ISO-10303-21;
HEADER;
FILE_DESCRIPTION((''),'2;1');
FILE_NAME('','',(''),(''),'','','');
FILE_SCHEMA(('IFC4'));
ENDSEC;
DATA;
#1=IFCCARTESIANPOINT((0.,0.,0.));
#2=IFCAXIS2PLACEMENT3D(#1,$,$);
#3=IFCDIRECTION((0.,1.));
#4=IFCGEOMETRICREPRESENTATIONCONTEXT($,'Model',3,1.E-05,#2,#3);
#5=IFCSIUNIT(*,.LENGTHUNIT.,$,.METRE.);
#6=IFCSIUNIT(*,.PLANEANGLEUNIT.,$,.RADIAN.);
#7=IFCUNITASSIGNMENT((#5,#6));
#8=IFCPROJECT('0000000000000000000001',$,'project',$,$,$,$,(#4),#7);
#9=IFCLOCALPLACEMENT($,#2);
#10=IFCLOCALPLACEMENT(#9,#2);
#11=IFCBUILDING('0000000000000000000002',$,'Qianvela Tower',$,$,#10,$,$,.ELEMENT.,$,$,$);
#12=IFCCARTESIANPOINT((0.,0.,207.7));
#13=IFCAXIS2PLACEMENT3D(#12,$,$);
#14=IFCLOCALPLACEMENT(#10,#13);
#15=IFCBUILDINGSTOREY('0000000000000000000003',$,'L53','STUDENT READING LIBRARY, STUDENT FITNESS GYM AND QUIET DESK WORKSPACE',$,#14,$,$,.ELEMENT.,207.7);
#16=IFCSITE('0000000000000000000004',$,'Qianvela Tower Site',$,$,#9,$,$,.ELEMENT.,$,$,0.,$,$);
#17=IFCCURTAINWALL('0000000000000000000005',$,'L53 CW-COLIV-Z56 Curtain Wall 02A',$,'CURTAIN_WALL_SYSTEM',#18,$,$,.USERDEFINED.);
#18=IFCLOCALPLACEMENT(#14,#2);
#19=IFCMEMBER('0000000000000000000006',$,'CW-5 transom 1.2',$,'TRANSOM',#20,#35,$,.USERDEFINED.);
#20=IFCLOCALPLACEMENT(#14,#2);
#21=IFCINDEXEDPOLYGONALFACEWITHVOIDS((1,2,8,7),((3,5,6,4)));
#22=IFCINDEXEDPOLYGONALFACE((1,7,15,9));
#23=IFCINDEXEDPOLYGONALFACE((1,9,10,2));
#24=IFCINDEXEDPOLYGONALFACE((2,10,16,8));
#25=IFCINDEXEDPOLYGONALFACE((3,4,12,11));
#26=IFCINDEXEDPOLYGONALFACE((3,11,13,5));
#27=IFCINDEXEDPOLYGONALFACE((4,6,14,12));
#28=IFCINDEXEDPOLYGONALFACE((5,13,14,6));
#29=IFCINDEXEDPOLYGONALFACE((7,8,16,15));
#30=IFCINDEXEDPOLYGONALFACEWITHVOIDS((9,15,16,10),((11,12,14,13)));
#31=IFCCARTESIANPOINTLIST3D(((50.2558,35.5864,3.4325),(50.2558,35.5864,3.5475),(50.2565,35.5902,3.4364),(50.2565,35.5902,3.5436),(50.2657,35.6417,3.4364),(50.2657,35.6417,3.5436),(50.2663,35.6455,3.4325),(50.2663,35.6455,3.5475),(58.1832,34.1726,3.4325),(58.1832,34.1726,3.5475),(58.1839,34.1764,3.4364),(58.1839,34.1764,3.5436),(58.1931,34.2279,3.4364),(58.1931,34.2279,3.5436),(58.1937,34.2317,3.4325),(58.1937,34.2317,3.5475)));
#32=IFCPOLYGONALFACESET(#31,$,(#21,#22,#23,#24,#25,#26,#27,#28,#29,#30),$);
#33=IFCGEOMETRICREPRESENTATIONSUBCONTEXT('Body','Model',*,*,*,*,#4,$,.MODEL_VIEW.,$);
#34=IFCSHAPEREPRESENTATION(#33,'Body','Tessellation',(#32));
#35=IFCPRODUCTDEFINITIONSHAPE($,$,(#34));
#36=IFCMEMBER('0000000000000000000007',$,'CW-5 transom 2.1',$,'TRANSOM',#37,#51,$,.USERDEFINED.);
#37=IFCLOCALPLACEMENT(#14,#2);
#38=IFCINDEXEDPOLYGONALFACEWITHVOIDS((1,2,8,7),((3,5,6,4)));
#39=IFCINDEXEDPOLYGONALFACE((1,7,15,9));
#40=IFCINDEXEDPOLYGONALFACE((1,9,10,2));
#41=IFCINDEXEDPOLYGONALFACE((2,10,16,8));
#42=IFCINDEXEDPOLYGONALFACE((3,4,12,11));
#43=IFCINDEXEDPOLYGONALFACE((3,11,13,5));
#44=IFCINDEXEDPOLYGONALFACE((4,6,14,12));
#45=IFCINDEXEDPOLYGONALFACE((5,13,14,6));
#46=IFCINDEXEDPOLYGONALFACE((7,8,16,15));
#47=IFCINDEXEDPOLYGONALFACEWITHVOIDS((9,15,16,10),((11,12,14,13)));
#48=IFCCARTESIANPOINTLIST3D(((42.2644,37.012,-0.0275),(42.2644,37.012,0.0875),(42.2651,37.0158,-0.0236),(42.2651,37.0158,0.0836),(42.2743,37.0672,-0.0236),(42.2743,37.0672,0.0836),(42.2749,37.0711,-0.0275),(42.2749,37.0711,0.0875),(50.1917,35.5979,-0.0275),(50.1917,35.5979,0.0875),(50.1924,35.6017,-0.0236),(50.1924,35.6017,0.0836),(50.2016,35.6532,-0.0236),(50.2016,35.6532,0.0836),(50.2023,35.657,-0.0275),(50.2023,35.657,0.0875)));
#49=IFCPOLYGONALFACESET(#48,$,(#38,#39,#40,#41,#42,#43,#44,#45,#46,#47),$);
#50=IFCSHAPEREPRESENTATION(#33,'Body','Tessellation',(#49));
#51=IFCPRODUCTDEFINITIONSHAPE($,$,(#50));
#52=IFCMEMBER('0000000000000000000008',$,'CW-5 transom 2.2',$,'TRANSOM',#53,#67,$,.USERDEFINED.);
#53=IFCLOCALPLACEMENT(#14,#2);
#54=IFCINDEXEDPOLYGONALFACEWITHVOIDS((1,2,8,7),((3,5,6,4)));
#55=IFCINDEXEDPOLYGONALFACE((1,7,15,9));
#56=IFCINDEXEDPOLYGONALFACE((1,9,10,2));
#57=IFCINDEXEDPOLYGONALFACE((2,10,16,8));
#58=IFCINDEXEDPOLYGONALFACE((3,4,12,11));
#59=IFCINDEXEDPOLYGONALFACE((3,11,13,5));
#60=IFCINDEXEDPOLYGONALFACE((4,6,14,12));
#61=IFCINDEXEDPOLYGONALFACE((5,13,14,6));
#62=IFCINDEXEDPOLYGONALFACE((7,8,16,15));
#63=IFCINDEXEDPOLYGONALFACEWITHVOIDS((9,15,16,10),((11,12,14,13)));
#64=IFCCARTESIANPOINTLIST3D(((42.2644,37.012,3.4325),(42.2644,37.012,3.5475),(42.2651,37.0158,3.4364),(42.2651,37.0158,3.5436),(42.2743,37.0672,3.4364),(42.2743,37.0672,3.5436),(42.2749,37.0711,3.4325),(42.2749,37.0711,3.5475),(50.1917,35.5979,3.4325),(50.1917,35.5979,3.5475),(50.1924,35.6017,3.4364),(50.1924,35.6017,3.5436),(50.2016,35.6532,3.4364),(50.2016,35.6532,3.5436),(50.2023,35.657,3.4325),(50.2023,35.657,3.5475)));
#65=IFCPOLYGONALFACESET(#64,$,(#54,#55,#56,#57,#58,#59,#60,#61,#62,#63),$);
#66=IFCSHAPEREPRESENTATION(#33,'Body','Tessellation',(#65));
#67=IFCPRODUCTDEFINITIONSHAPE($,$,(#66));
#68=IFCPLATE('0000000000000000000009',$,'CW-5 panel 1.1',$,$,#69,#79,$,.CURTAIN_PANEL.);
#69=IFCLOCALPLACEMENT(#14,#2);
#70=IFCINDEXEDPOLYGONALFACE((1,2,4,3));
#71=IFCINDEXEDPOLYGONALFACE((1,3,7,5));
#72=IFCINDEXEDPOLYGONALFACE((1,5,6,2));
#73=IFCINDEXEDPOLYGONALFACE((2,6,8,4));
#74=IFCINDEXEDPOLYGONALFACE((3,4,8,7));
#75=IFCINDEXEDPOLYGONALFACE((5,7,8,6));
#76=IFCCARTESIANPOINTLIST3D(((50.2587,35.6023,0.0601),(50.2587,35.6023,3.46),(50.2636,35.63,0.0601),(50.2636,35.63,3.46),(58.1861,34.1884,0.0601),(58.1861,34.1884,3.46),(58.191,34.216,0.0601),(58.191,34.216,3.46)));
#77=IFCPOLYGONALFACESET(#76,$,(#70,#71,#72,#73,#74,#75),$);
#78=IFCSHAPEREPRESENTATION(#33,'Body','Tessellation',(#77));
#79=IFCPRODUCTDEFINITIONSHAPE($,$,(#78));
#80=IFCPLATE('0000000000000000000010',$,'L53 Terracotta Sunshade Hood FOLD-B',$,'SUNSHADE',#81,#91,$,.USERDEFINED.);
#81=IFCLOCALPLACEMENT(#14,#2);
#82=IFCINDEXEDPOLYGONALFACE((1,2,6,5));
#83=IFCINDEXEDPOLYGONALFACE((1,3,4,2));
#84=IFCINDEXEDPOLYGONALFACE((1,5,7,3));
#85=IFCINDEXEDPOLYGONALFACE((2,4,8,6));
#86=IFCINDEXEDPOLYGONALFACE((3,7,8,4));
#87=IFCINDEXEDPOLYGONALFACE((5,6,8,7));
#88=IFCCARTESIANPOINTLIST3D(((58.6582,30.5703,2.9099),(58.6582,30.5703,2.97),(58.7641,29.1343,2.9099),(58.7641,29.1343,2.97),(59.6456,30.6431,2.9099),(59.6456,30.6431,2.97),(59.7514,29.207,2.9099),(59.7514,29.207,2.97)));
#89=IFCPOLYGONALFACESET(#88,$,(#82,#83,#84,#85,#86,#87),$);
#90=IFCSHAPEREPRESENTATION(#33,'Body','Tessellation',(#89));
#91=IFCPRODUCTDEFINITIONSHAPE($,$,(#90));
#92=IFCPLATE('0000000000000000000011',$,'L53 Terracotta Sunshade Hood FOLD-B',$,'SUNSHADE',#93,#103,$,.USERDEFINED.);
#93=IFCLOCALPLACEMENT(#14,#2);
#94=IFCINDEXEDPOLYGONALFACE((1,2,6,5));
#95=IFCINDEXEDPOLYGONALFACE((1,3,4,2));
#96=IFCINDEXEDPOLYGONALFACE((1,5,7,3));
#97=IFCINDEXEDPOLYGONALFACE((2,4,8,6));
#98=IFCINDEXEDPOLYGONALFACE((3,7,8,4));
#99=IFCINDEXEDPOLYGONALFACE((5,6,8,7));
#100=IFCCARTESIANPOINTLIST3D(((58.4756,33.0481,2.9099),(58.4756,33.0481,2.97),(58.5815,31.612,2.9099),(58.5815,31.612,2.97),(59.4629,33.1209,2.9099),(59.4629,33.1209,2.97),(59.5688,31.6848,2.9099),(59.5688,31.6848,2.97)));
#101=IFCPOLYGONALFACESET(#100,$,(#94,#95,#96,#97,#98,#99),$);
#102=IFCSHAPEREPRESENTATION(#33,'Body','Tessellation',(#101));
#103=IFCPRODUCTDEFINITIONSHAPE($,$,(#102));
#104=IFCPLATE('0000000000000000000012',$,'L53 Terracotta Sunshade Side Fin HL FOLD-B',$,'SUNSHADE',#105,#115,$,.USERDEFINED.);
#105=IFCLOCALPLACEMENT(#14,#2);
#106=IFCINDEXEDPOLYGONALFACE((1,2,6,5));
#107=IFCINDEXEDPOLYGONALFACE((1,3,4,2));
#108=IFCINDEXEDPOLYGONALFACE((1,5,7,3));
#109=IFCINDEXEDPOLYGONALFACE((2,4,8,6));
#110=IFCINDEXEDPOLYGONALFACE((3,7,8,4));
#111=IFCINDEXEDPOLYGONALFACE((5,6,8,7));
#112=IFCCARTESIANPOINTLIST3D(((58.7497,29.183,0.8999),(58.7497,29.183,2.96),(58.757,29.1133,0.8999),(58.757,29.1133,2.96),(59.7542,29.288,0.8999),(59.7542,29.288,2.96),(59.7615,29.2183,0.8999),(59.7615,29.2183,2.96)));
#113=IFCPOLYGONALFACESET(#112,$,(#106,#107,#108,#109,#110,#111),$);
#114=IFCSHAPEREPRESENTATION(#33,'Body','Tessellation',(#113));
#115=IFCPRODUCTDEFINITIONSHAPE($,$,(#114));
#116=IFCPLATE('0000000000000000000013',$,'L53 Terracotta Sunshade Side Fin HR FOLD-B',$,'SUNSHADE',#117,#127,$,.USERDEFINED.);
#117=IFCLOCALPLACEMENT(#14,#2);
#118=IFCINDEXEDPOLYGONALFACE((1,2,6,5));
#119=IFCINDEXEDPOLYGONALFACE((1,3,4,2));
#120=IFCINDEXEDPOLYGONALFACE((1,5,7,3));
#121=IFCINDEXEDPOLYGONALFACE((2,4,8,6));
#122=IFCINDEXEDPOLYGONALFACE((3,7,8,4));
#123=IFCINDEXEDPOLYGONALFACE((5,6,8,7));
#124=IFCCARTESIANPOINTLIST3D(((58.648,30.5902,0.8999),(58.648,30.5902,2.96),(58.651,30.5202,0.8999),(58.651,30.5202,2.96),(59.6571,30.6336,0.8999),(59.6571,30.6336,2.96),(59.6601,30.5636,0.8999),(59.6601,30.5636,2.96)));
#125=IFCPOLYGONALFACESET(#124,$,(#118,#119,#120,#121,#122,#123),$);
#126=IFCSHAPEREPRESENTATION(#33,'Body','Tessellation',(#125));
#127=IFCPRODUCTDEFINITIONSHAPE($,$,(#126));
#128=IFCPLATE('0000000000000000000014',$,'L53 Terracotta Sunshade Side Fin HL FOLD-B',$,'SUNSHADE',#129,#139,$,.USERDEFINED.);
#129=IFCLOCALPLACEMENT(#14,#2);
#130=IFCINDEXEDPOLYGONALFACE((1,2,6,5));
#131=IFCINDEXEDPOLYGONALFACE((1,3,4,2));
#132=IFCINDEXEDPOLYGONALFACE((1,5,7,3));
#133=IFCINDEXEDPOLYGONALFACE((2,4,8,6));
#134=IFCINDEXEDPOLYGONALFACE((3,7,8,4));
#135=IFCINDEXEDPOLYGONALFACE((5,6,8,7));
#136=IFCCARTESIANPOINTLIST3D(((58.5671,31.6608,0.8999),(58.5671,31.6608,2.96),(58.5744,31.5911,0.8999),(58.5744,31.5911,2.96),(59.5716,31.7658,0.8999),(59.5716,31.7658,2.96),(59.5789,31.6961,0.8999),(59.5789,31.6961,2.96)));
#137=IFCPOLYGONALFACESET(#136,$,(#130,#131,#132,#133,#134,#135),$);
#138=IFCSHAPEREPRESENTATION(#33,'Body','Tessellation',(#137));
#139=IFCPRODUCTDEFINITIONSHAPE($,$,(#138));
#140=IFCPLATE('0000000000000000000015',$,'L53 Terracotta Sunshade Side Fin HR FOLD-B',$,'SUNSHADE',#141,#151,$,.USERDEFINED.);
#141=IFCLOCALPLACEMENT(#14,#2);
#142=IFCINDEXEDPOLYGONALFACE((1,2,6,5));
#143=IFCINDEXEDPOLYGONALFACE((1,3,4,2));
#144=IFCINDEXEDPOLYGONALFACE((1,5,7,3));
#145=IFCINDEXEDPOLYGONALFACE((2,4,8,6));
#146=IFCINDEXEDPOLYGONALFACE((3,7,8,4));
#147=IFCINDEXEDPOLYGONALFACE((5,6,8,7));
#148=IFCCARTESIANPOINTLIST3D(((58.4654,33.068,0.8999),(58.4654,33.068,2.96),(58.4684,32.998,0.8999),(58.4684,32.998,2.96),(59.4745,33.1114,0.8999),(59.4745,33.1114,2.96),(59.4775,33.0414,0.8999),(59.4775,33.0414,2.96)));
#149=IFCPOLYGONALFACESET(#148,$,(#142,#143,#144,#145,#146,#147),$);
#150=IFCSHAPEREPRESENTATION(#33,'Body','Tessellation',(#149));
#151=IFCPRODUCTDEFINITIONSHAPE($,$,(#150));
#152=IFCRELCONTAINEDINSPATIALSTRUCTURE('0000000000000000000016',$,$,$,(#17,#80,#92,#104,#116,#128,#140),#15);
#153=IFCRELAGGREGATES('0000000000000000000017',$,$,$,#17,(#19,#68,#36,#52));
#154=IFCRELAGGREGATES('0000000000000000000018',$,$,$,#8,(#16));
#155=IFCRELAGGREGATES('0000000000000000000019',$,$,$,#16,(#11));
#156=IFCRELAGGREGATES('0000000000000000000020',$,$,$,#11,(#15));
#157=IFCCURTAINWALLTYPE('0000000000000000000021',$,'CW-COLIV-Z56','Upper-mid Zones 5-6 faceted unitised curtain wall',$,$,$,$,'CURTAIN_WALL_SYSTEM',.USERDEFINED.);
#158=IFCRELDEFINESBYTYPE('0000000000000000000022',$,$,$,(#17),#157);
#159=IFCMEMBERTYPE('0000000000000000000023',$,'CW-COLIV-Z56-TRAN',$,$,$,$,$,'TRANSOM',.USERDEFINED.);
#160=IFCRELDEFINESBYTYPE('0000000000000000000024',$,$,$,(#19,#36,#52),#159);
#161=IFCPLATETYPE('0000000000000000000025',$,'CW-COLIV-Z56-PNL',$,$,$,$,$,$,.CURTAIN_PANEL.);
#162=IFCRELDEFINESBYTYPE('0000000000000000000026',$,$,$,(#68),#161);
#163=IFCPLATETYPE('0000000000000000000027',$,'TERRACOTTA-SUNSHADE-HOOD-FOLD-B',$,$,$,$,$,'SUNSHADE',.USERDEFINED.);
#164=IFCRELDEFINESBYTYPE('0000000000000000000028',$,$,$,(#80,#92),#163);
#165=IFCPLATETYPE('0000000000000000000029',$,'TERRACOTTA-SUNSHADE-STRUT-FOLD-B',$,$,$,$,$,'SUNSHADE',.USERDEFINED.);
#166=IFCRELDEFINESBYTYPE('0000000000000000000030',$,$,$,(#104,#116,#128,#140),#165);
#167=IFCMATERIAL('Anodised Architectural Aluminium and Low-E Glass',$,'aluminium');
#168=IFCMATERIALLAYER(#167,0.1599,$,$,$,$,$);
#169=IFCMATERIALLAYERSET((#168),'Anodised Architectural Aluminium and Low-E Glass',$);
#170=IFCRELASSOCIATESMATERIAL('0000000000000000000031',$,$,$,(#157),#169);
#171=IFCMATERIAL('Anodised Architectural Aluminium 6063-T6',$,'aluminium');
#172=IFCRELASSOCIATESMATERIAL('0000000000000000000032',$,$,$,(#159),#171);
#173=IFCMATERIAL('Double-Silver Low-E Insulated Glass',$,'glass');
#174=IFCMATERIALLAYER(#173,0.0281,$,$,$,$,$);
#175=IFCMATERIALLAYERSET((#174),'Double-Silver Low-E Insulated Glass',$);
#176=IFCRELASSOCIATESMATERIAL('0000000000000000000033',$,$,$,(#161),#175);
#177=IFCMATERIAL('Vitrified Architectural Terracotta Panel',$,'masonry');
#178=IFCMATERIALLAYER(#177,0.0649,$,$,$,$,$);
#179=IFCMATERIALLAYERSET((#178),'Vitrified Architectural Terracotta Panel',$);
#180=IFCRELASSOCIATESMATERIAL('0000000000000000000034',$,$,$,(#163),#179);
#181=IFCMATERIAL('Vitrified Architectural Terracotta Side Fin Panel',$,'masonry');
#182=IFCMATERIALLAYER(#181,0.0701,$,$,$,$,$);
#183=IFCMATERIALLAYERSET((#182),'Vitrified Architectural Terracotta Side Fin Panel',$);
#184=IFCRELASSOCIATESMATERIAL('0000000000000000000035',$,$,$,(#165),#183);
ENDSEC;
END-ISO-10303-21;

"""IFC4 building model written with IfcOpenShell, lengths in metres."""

from ifc_helpers import new_model, si_unit, direction, frame, origin, origin_2d, place, context, subcontext, project, spatial, rectangle, hollow_rectangle, extrude, material, layer, layer_set, material_profile, profile_set, type_object, element, aggregate, save


model = new_model("IFC4")

# Units and contexts
model_context = context("Model", 3, precision=1e-05, world=origin(), true_north=direction((0.0, 1.0)))
body_context = subcontext(model_context, "Body", "Model", "MODEL_VIEW")
ifc_project = project(units=[si_unit("LENGTHUNIT", "METRE"), si_unit("PLANEANGLEUNIT", "RADIAN")], contexts=[model_context])

# Site, building, storey
site_placement = place(None, origin())
site = spatial("IfcSite", under=ifc_project, at=site_placement, Name="Qianvela Tower Site", CompositionType="ELEMENT", RefElevation=0.0)
building_placement = place(site_placement, origin())
building = spatial("IfcBuilding", under=site, at=building_placement, Name="Qianvela Tower", CompositionType="ELEMENT")
storey_placement = place(building_placement, frame((0.0, 0.0, 207.7)))
storey = spatial("IfcBuildingStorey", under=building, at=storey_placement, Name="L53", Description="STUDENT READING LIBRARY, STUDENT FITNESS GYM AND QUIET DESK WORKSPACE", CompositionType="ELEMENT", Elevation=207.7)

# Curtain wall
ifc_material_1 = material(Name="Anodised Architectural Aluminium and Low-E Glass", Category="aluminium")
ifc_layer_1 = layer(ifc_material_1, 0.1599)
ifc_layer_set_1 = layer_set([ifc_layer_1], Name="Anodised Architectural Aluminium and Low-E Glass")
curtain_wall_type = type_object("IfcCurtainWallType", Name="CW-COLIV-Z56", Description="Upper-mid Zones 5-6 faceted unitised curtain wall", ElementType="CURTAIN_WALL_SYSTEM", PredefinedType="USERDEFINED", material=ifc_layer_set_1)
curtain_wall_1_placement = place(storey_placement, origin())
curtain_wall_1 = element("IfcCurtainWall", 1, at=curtain_wall_1_placement, inside=storey, type_object=curtain_wall_type, Name="L53 CW-COLIV-Z56 Curtain Wall 02A", ObjectType="CURTAIN_WALL_SYSTEM", PredefinedType="USERDEFINED")

# Members
ifc_material_2 = material(Name="Anodised Architectural Aluminium 6063-T6", Category="aluminium")
ifc_material_profile_1 = material_profile(ifc_material_2, hollow_rectangle(XDim=0.0601, YDim=0.115, WallThickness=0.0039, at=origin_2d()), Name="ALU-TRAN-60x115")
ifc_profile_set_1 = profile_set([ifc_material_profile_1], Name="Anodised Architectural Aluminium 6063-T6")
member_type_1 = type_object("IfcMemberType", Name="CW-COLIV-Z56-TRAN", ElementType="TRANSOM", PredefinedType="USERDEFINED", material=ifc_profile_set_1)
member_1_placement = place(storey_placement, frame((58.1885, 34.2021, 3.49), z_axis=(-0.984466, 0.175573, 0.0), x_axis=(-0.175573, -0.984466, 0.0)))
member_1 = element("IfcMember", 2, at=member_1_placement, type_object=member_type_1, Name="CW-5 transom 1.2", ObjectType="TRANSOM", PredefinedType="USERDEFINED", context=body_context, shape_type="SweptSolid", body=[
    extrude(hollow_rectangle(XDim=0.0601, YDim=0.115, WallThickness=0.0039, at=origin_2d()), origin(), (0.0, 0.0, 1.0), 8.0525),
])
member_2_placement = place(storey_placement, frame((50.197, 35.6274, 0.03), z_axis=(-0.98446, 0.175608, 0.0), x_axis=(-0.175608, -0.98446, 0.0)))
member_2 = element("IfcMember", 3, at=member_2_placement, type_object=member_type_1, Name="CW-5 transom 2.1", ObjectType="TRANSOM", PredefinedType="USERDEFINED", context=body_context, shape_type="SweptSolid", body=[
    extrude(hollow_rectangle(XDim=0.0601, YDim=0.115, WallThickness=0.0039, at=origin_2d()), origin(), (0.0, 0.0, 1.0), 8.0525),
])
member_3_placement = place(storey_placement, frame((50.197, 35.6274, 3.49), z_axis=(-0.98446, 0.175608, 0.0), x_axis=(-0.175608, -0.98446, 0.0)))
member_3 = element("IfcMember", 4, at=member_3_placement, type_object=member_type_1, Name="CW-5 transom 2.2", ObjectType="TRANSOM", PredefinedType="USERDEFINED", context=body_context, shape_type="SweptSolid", body=[
    extrude(hollow_rectangle(XDim=0.0601, YDim=0.115, WallThickness=0.0039, at=origin_2d()), origin(), (0.0, 0.0, 1.0), 8.0525),
])

# Plate
ifc_material_3 = material(Name="Double-Silver Low-E Insulated Glass", Category="glass")
ifc_layer_2 = layer(ifc_material_3, 0.0281)
ifc_layer_set_2 = layer_set([ifc_layer_2], Name="Double-Silver Low-E Insulated Glass")
plate_type_1 = type_object("IfcPlateType", Name="CW-COLIV-Z56-PNL", PredefinedType="CURTAIN_PANEL", material=ifc_layer_set_2)
plate_placement = place(storey_placement, frame((54.2249, 34.9092, 0.0601), z_axis=(0.0, 0.0, 1.0), x_axis=(-0.984464, 0.175588, 0.0)))
plate = element("IfcPlate", 5, at=plate_placement, type_object=plate_type_1, Name="CW-5 panel 1.1", PredefinedType="CURTAIN_PANEL", context=body_context, shape_type="SweptSolid", body=[
    extrude(rectangle(XDim=8.0525, YDim=0.0281, at=origin_2d()), origin(), (0.0, 0.0, 1.0), 3.3999),
])
aggregate(curtain_wall_1, [member_1, plate, member_2, member_3])

# Plates
ifc_material_4 = material(Name="Vitrified Architectural Terracotta Panel", Category="masonry")
ifc_layer_3 = layer(ifc_material_4, 0.0649)
ifc_layer_set_3 = layer_set([ifc_layer_3], Name="Vitrified Architectural Terracotta Panel")
plate_type_2 = type_object("IfcPlateType", Name="TERRACOTTA-SUNSHADE-HOOD-FOLD-B", ElementType="SUNSHADE", PredefinedType="USERDEFINED", material=ifc_layer_set_3)
for number, where, z_axis, x_axis, name in (
    (6, (59.2048, 29.8887, 2.9099), (0.0, 0.0, 1.0), (-0.073525, 0.997293, 0.0), "L53 Terracotta Sunshade Hood FOLD-B"),
    (7, (59.0222, 32.3665, 2.9099), (0.0, 0.0, 1.0), (-0.073525, 0.997293, 0.0), "L53 Terracotta Sunshade Hood FOLD-B"),
):
    element("IfcPlate", number, at=place(storey_placement, frame(where, z_axis=z_axis, x_axis=x_axis)), inside=storey, type_object=plate_type_2, Name=name, ObjectType="SUNSHADE", PredefinedType="USERDEFINED", context=body_context, shape_type="SweptSolid", body=[
        extrude(rectangle(XDim=1.4399, YDim=0.99, at=origin_2d()), origin(), (0.0, 0.0, 1.0), 0.0601),
    ])
ifc_material_5 = material(Name="Vitrified Architectural Terracotta Side Fin Panel", Category="masonry")
ifc_layer_4 = layer(ifc_material_5, 0.0701)
ifc_layer_set_4 = layer_set([ifc_layer_4], Name="Vitrified Architectural Terracotta Side Fin Panel")
plate_type_3 = type_object("IfcPlateType", Name="TERRACOTTA-SUNSHADE-STRUT-FOLD-B", ElementType="SUNSHADE", PredefinedType="USERDEFINED", material=ifc_layer_set_4)
for number, where, z_axis, x_axis, name in (
    (8, (59.2556, 29.2007, 0.8999), (0.0, 0.0, 1.0), (-0.103947, 0.994583, 0.0), "L53 Terracotta Sunshade Side Fin HL FOLD-B"),
    (9, (59.1541, 30.5769, 0.8999), (0.0, 0.0, 1.0), (-0.043035, 0.999074, 0.0), "L53 Terracotta Sunshade Side Fin HR FOLD-B"),
    (10, (59.073, 31.6785, 0.8999), (0.0, 0.0, 1.0), (-0.103947, 0.994583, 0.0), "L53 Terracotta Sunshade Side Fin HL FOLD-B"),
    (11, (58.9714, 33.0547, 0.8999), (0.0, 0.0, 1.0), (-0.043035, 0.999074, 0.0), "L53 Terracotta Sunshade Side Fin HR FOLD-B"),
):
    element("IfcPlate", number, at=place(storey_placement, frame(where, z_axis=z_axis, x_axis=x_axis)), inside=storey, type_object=plate_type_3, Name=name, ObjectType="SUNSHADE", PredefinedType="USERDEFINED", context=body_context, shape_type="SweptSolid", body=[
        extrude(rectangle(XDim=0.0701, YDim=1.01, at=origin_2d()), origin(), (0.0, 0.0, 1.0), 2.0601),
    ])

save(model, "model.ifc")
